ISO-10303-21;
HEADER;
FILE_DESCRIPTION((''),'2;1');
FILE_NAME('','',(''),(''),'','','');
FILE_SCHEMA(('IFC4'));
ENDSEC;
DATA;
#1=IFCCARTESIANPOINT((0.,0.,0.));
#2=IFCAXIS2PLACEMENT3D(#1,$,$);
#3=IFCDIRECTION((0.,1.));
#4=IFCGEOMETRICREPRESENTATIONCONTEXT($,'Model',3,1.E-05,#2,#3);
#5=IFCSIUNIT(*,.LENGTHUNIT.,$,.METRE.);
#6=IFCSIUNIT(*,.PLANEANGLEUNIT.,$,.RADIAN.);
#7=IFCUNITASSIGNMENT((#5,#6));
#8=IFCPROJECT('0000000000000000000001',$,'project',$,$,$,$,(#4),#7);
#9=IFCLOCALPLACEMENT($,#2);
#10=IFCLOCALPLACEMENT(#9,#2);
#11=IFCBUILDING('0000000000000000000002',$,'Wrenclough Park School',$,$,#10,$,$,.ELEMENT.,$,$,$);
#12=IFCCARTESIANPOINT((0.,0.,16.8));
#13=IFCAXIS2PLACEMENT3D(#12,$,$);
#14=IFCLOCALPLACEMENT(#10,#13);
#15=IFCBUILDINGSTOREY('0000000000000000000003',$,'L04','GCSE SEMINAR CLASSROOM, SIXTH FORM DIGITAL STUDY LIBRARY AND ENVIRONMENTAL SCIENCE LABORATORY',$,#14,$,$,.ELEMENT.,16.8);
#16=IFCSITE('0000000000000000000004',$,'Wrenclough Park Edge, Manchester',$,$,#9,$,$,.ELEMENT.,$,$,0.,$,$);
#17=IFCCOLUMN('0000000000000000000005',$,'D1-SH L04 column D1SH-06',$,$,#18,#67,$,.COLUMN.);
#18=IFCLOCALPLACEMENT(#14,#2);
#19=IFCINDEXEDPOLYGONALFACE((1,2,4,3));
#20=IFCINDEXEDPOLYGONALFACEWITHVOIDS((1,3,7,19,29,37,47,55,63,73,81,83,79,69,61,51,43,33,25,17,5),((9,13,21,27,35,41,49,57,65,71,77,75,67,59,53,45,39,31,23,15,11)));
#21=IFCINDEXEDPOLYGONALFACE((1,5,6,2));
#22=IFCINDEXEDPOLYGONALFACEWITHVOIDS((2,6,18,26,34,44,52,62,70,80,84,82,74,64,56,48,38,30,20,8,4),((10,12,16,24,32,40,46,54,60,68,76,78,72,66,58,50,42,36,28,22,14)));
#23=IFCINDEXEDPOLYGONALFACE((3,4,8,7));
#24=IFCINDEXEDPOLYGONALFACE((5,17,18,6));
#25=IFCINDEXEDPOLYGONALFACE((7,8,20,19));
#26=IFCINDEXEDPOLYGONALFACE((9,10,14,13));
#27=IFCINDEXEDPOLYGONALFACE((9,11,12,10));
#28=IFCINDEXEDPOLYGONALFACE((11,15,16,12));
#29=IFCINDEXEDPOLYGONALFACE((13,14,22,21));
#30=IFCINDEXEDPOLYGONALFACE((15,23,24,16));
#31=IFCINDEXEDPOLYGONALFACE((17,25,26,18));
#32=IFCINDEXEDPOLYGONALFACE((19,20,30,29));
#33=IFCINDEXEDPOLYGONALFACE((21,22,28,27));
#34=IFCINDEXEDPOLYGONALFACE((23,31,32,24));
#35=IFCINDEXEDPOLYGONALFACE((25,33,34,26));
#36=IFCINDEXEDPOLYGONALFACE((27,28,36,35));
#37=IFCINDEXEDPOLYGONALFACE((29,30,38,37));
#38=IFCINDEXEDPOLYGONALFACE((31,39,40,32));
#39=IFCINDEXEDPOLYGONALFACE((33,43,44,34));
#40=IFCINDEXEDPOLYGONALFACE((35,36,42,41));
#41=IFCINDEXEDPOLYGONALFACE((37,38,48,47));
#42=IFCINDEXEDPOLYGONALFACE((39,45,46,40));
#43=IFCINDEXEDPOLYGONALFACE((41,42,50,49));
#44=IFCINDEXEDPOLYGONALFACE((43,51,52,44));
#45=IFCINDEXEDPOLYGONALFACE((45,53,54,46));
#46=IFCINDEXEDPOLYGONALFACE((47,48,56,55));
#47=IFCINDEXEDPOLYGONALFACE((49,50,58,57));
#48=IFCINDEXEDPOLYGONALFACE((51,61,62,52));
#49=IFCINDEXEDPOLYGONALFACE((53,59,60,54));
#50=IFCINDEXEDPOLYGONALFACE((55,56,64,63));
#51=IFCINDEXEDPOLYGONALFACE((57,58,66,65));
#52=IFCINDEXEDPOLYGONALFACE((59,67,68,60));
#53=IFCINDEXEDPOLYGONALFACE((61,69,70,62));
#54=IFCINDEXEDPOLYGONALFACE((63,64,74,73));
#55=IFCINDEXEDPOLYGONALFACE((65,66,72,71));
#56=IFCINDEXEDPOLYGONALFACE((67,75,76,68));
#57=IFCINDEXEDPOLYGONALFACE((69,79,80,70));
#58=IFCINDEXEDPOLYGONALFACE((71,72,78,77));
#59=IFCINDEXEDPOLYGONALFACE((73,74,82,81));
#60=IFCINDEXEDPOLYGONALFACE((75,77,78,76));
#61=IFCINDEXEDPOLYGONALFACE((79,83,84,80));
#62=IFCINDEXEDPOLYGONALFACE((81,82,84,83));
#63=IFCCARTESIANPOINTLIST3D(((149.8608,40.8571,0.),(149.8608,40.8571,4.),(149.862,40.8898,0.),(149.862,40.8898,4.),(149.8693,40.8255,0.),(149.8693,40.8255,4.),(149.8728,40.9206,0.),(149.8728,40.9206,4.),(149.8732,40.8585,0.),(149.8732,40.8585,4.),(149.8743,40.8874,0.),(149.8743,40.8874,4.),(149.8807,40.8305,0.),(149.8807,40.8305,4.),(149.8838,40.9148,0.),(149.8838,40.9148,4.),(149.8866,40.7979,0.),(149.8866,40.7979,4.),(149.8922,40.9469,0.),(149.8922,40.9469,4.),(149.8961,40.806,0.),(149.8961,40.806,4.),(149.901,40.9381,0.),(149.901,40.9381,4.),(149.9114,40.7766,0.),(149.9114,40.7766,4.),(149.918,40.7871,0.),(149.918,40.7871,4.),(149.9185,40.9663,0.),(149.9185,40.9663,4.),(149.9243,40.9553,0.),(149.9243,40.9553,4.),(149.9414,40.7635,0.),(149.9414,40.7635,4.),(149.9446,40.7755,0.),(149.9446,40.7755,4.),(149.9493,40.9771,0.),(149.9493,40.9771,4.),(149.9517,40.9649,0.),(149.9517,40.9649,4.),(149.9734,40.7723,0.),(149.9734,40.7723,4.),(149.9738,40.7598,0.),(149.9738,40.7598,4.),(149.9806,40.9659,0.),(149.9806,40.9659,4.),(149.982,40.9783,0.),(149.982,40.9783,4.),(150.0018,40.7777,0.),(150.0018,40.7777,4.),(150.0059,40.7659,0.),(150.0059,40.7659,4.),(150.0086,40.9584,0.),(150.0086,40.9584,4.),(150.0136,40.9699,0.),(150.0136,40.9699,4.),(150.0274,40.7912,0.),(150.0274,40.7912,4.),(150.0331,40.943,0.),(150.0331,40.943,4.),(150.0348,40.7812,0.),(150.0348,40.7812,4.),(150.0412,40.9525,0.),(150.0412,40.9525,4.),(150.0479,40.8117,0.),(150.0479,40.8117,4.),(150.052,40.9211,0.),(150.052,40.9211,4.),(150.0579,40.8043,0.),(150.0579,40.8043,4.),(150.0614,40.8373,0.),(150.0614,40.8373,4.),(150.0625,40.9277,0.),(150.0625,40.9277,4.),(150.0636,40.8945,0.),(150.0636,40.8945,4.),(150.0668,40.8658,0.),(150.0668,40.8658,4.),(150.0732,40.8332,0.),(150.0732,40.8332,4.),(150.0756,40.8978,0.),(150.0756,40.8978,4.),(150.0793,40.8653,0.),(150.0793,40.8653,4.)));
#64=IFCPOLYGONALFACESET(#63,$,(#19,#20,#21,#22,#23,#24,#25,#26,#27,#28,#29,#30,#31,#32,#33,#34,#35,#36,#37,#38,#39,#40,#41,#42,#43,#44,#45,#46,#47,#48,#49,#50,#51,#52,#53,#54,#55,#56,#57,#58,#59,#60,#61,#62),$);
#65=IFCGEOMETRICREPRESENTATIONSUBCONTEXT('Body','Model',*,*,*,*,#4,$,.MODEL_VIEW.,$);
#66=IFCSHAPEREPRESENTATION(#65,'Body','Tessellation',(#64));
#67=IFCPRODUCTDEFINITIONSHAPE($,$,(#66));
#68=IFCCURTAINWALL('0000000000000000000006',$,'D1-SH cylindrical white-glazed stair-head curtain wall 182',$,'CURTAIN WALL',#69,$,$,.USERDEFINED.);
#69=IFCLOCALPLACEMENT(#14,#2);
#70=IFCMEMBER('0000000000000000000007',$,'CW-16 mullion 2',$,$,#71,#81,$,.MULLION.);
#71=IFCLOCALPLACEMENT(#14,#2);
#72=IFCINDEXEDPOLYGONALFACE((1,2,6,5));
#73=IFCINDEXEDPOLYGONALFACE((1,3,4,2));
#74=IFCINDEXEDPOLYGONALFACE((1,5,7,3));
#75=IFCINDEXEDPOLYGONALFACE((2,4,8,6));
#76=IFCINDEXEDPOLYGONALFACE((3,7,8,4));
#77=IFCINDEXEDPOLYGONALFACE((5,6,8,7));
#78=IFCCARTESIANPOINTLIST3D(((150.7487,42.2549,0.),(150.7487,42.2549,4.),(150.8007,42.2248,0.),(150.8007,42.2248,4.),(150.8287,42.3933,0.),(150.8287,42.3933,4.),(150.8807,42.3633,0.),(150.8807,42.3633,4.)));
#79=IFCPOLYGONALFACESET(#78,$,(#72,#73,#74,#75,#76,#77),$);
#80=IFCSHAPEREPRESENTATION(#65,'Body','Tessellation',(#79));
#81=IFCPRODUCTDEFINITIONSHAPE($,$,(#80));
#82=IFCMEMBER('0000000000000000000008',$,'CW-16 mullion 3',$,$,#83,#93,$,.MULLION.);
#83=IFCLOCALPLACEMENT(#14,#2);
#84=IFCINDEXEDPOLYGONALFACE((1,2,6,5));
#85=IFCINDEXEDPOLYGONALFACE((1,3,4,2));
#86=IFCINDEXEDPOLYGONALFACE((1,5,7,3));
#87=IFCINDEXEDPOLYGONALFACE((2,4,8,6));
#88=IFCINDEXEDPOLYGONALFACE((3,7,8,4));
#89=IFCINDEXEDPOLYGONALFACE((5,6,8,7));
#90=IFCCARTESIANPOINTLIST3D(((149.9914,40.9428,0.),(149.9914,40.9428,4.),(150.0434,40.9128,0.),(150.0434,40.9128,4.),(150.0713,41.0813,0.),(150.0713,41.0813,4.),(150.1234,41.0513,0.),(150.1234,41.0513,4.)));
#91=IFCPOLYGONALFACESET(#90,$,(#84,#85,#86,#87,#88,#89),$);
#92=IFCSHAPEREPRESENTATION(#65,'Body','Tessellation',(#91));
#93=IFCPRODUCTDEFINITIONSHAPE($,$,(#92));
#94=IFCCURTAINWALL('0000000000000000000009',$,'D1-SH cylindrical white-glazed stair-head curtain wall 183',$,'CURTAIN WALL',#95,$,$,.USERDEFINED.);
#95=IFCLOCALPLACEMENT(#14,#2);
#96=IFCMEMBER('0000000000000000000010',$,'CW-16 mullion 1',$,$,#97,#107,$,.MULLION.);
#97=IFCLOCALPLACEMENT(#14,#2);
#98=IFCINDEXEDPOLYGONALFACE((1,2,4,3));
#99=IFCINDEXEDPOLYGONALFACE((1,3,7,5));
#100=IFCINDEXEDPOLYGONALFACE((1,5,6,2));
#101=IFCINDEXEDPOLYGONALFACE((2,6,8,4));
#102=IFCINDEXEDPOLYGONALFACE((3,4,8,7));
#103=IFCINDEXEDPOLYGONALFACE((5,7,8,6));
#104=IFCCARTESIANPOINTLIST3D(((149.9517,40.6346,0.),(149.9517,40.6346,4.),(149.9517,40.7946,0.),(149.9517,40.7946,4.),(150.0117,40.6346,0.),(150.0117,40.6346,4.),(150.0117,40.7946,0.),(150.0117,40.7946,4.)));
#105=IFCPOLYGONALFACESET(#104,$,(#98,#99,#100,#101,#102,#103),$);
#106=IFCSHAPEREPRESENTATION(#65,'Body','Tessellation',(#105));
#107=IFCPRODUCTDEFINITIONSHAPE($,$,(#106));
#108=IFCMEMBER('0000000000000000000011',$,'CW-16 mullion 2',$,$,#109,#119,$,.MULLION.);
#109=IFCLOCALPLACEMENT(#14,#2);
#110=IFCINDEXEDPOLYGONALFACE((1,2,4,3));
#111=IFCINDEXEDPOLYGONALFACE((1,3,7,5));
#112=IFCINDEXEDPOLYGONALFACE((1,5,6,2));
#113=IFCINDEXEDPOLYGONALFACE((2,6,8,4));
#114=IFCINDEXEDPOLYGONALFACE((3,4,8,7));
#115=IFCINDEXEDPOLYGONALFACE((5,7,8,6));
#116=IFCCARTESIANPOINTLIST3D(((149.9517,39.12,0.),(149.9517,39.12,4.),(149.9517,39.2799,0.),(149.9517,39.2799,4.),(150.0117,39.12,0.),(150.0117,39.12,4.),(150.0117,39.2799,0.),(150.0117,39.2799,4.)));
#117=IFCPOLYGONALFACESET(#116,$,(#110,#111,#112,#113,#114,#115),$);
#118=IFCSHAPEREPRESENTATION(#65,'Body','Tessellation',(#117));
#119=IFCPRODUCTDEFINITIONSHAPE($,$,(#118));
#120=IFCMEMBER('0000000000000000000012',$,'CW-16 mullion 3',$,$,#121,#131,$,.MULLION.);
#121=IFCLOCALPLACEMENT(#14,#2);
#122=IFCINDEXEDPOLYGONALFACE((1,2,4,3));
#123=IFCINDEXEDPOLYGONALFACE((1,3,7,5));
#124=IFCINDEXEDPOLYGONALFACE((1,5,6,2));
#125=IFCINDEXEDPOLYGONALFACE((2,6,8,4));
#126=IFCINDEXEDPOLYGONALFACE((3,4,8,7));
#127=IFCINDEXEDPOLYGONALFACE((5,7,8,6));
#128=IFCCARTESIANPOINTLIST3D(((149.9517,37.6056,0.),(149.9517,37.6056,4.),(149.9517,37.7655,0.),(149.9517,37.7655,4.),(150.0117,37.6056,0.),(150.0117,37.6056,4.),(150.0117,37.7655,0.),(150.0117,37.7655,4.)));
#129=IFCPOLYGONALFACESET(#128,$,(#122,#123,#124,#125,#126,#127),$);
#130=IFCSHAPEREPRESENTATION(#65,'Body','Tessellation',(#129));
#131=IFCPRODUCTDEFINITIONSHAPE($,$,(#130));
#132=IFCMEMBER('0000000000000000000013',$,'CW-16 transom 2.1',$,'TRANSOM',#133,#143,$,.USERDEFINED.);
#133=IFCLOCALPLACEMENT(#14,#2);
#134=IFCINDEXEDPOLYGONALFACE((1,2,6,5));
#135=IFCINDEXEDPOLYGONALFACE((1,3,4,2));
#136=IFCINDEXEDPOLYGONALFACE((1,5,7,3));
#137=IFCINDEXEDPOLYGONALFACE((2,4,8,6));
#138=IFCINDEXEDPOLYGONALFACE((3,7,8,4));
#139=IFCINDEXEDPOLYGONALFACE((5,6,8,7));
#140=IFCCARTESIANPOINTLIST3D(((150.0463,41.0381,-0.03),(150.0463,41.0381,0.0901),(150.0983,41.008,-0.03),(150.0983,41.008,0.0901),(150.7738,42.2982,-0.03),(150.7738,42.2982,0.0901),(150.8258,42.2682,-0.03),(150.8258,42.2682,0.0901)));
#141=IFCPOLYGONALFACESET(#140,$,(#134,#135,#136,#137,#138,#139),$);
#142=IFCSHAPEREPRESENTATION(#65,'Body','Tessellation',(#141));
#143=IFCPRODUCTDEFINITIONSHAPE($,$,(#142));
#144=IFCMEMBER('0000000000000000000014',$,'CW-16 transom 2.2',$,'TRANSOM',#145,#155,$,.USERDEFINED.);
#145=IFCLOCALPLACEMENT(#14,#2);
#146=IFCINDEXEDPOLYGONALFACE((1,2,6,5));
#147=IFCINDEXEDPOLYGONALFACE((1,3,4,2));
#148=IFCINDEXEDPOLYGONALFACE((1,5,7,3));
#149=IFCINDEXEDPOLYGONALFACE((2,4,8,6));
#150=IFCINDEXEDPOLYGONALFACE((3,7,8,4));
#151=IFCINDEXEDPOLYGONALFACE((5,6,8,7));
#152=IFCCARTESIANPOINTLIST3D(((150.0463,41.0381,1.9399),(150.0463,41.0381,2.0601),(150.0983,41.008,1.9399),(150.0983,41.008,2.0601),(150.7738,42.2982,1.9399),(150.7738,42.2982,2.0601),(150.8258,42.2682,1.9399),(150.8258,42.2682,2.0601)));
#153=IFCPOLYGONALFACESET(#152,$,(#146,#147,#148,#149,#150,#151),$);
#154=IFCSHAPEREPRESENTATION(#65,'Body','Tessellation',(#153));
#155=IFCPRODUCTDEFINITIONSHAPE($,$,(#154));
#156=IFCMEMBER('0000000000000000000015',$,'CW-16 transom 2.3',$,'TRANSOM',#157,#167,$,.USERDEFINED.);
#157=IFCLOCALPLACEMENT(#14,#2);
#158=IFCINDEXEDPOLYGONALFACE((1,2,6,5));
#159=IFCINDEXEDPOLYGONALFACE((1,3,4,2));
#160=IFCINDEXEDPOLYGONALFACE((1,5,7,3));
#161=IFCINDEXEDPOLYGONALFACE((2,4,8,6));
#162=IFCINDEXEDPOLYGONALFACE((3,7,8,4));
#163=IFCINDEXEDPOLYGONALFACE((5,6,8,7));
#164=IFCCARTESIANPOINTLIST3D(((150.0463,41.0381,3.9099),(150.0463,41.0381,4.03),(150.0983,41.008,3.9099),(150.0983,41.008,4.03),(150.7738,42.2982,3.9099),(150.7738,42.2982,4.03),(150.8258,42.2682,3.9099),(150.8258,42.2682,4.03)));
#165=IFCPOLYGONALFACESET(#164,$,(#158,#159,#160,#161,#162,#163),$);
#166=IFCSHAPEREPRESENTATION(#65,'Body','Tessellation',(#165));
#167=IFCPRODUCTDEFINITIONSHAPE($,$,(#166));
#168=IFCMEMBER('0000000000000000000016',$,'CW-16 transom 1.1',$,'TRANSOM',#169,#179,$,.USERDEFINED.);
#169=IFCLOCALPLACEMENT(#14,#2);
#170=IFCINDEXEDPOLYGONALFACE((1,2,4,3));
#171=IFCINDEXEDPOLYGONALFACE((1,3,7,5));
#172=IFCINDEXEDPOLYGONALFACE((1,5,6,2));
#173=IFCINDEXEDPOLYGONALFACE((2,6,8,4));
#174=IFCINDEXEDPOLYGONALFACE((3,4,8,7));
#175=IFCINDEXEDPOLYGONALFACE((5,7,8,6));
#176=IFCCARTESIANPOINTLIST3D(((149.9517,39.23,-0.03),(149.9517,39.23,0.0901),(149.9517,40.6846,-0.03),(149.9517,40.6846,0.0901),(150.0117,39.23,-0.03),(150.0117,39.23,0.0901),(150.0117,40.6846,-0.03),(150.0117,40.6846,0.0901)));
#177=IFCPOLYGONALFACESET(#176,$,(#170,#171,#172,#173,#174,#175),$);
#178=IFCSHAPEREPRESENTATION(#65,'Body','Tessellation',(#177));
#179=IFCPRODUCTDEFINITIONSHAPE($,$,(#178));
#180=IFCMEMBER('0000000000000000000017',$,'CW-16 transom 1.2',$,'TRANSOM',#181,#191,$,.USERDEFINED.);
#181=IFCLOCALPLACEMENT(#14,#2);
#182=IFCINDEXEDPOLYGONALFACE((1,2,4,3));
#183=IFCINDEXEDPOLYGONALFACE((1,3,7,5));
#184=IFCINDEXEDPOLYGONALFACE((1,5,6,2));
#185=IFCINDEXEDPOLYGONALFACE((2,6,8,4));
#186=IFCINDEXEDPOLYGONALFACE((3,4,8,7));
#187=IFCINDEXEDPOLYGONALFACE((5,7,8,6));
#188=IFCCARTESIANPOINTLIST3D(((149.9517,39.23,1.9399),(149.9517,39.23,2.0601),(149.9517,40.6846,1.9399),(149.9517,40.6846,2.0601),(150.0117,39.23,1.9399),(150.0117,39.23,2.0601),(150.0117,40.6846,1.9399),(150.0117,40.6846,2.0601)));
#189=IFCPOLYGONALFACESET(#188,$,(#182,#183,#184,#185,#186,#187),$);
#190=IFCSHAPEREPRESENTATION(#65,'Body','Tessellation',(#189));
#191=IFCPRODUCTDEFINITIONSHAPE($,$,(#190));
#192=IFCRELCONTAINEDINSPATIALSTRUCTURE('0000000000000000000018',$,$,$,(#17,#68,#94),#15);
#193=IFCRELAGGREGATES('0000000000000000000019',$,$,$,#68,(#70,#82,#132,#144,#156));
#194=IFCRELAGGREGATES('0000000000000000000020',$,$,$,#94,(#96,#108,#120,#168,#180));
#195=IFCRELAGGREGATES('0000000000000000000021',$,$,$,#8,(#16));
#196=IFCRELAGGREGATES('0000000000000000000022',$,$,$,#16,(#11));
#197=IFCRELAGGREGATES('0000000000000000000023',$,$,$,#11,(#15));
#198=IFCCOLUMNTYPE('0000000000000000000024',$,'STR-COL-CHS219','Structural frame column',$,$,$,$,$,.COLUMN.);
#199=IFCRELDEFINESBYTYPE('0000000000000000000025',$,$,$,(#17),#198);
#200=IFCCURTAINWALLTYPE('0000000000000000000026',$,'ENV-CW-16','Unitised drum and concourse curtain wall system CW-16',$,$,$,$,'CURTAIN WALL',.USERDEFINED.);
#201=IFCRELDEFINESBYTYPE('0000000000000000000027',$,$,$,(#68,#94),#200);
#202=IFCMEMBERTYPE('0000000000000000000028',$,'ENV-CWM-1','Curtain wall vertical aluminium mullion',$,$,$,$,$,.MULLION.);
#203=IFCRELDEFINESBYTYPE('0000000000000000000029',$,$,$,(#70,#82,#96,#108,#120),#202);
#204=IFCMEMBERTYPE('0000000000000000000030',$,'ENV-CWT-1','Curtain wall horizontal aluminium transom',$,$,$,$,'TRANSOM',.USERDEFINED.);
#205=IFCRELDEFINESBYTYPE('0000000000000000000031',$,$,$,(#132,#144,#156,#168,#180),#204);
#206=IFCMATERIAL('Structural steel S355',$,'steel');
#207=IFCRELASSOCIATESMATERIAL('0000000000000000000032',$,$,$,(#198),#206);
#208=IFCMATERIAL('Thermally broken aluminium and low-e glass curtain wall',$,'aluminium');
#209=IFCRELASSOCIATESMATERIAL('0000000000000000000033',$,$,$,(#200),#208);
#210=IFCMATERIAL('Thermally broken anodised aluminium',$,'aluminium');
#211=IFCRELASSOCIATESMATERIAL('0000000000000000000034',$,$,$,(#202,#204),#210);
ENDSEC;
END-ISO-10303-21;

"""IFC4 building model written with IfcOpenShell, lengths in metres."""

from ifc_helpers import new_model, si_unit, direction, frame, origin, origin_2d, place, context, subcontext, project, spatial, rectangle, hollow_circle, extrude, material, material_profile, profile_set, type_object, element, aggregate, save


model = new_model("IFC4")

# Units and contexts
model_context = context("Model", 3, precision=1e-05, world=origin(), true_north=direction((0.0, 1.0)))
body_context = subcontext(model_context, "Body", "Model", "MODEL_VIEW")
ifc_project = project(units=[si_unit("LENGTHUNIT", "METRE"), si_unit("PLANEANGLEUNIT", "RADIAN")], contexts=[model_context])

# Site, building, storey
site_placement = place(None, origin())
site = spatial("IfcSite", under=ifc_project, at=site_placement, Name="Wrenclough Park Edge, Manchester", CompositionType="ELEMENT", RefElevation=0.0)
building_placement = place(site_placement, origin())
building = spatial("IfcBuilding", under=site, at=building_placement, Name="Wrenclough Park School", CompositionType="ELEMENT")
storey_placement = place(building_placement, frame((0.0, 0.0, 16.8)))
storey = spatial("IfcBuildingStorey", under=building, at=storey_placement, Name="L04", Description="GCSE SEMINAR CLASSROOM, SIXTH FORM DIGITAL STUDY LIBRARY AND ENVIRONMENTAL SCIENCE LABORATORY", CompositionType="ELEMENT", Elevation=16.8)

# Column
ifc_material_1 = material(Name="Structural steel S355", Category="steel")
ifc_material_profile_1 = material_profile(ifc_material_1, hollow_circle(Radius=0.1096, WallThickness=0.0125, at=origin_2d()), Name="CHS 219.1x12.5")
ifc_profile_set_1 = profile_set([ifc_material_profile_1], Name="Structural steel S355")
column_type = type_object("IfcColumnType", Name="STR-COL-CHS219", Description="Structural frame column", PredefinedType="COLUMN", material=ifc_profile_set_1)
column_placement = place(storey_placement, frame((149.9697, 40.8694, 0.0), z_axis=(0.0, 0.0, 1.0), x_axis=(-0.258819, -0.965926, 0.0)))
element("IfcColumn", 1, at=column_placement, inside=storey, type_object=column_type, Name="D1-SH L04 column D1SH-06", PredefinedType="COLUMN", context=body_context, shape_type="SweptSolid", body=[
    extrude(hollow_circle(Radius=0.1096, WallThickness=0.0125, at=origin_2d()), origin(), (0.0, 0.0, 1.0), 4.0),
])

# Curtain walls, members
ifc_material_2 = material(Name="Thermally broken aluminium and low-e glass curtain wall", Category="aluminium")
curtain_wall_type = type_object("IfcCurtainWallType", Name="ENV-CW-16", Description="Unitised drum and concourse curtain wall system CW-16", ElementType="CURTAIN WALL", PredefinedType="USERDEFINED", material=ifc_material_2)
curtain_wall_1_placement = place(storey_placement, origin())
curtain_wall_1 = element("IfcCurtainWall", 2, at=curtain_wall_1_placement, inside=storey, type_object=curtain_wall_type, Name="D1-SH cylindrical white-glazed stair-head curtain wall 182", ObjectType="CURTAIN WALL", PredefinedType="USERDEFINED")
ifc_material_3 = material(Name="Thermally broken anodised aluminium", Category="aluminium")
ifc_material_profile_2 = material_profile(ifc_material_3, rectangle(XDim=0.0601, YDim=0.1599, at=origin_2d()), Name="AL MULLION 60x160")
ifc_profile_set_2 = profile_set([ifc_material_profile_2], Name="Thermally broken anodised aluminium")
member_type_1 = type_object("IfcMemberType", Name="ENV-CWM-1", Description="Curtain wall vertical aluminium mullion", PredefinedType="MULLION", material=ifc_profile_set_2)
member_1_placement = place(storey_placement, frame((150.8147, 42.3091, 0.0), z_axis=(0.0, 0.0, 1.0), x_axis=(0.866024, -0.500003, 0.0)))
member_1 = element("IfcMember", 3, at=member_1_placement, type_object=member_type_1, Name="CW-16 mullion 2", PredefinedType="MULLION", context=body_context, shape_type="SweptSolid", body=[
    extrude(rectangle(XDim=0.0601, YDim=0.1599, at=origin_2d()), origin(), (0.0, 0.0, 1.0), 4.0),
])
member_2_placement = place(storey_placement, frame((150.0574, 40.9971, 0.0), z_axis=(0.0, 0.0, 1.0), x_axis=(0.866024, -0.500003, 0.0)))
member_2 = element("IfcMember", 4, at=member_2_placement, type_object=member_type_1, Name="CW-16 mullion 3", PredefinedType="MULLION", context=body_context, shape_type="SweptSolid", body=[
    extrude(rectangle(XDim=0.0601, YDim=0.1599, at=origin_2d()), origin(), (0.0, 0.0, 1.0), 4.0),
])
curtain_wall_2_placement = place(storey_placement, origin())
curtain_wall_2 = element("IfcCurtainWall", 5, at=curtain_wall_2_placement, inside=storey, type_object=curtain_wall_type, Name="D1-SH cylindrical white-glazed stair-head curtain wall 183", ObjectType="CURTAIN WALL", PredefinedType="USERDEFINED")
member_3_placement = place(storey_placement, frame((149.9817, 40.7146, 0.0), z_axis=(0.0, 0.0, 1.0), x_axis=(1.0, 0.0, 0.0)))
member_3 = element("IfcMember", 6, at=member_3_placement, type_object=member_type_1, Name="CW-16 mullion 1", PredefinedType="MULLION", context=body_context, shape_type="SweptSolid", body=[
    extrude(rectangle(XDim=0.0601, YDim=0.1599, at=origin_2d()), origin(), (0.0, 0.0, 1.0), 4.0),
])
member_4_placement = place(storey_placement, frame((149.9817, 39.2, 0.0), z_axis=(0.0, 0.0, 1.0), x_axis=(1.0, 0.0, 0.0)))
member_4 = element("IfcMember", 7, at=member_4_placement, type_object=member_type_1, Name="CW-16 mullion 2", PredefinedType="MULLION", context=body_context, shape_type="SweptSolid", body=[
    extrude(rectangle(XDim=0.0601, YDim=0.1599, at=origin_2d()), origin(), (0.0, 0.0, 1.0), 4.0),
])
member_5_placement = place(storey_placement, frame((149.9817, 37.6855, 0.0), z_axis=(0.0, 0.0, 1.0), x_axis=(1.0, 0.0, 0.0)))
member_5 = element("IfcMember", 8, at=member_5_placement, type_object=member_type_1, Name="CW-16 mullion 3", PredefinedType="MULLION", context=body_context, shape_type="SweptSolid", body=[
    extrude(rectangle(XDim=0.0601, YDim=0.1599, at=origin_2d()), origin(), (0.0, 0.0, 1.0), 4.0),
])

# Members
ifc_material_profile_3 = material_profile(ifc_material_3, rectangle(XDim=0.0601, YDim=0.1201, at=origin_2d()), Name="AL TRANSOM 60x120")
ifc_profile_set_3 = profile_set([ifc_material_profile_3], Name="Thermally broken anodised aluminium")
member_type_2 = type_object("IfcMemberType", Name="ENV-CWT-1", Description="Curtain wall horizontal aluminium transom", ElementType="TRANSOM", PredefinedType="USERDEFINED", material=ifc_profile_set_3)
member_6_placement = place(storey_placement, frame((150.7998, 42.2832, 0.03), z_axis=(-0.499965, -0.866046, 0.0), x_axis=(0.866046, -0.499965, 0.0)))
member_6 = element("IfcMember", 9, at=member_6_placement, type_object=member_type_2, Name="CW-16 transom 2.1", ObjectType="TRANSOM", PredefinedType="USERDEFINED", context=body_context, shape_type="SweptSolid", body=[
    extrude(rectangle(XDim=0.0601, YDim=0.1201, at=origin_2d()), origin(), (0.0, 0.0, 1.0), 1.4551),
])
member_7_placement = place(storey_placement, frame((150.7998, 42.2832, 2.0), z_axis=(-0.499965, -0.866046, 0.0), x_axis=(0.866046, -0.499965, 0.0)))
member_7 = element("IfcMember", 10, at=member_7_placement, type_object=member_type_2, Name="CW-16 transom 2.2", ObjectType="TRANSOM", PredefinedType="USERDEFINED", context=body_context, shape_type="SweptSolid", body=[
    extrude(rectangle(XDim=0.0601, YDim=0.1201, at=origin_2d()), origin(), (0.0, 0.0, 1.0), 1.4551),
])
member_8_placement = place(storey_placement, frame((150.7998, 42.2832, 3.97), z_axis=(-0.499965, -0.866046, 0.0), x_axis=(0.866046, -0.499965, 0.0)))
member_8 = element("IfcMember", 11, at=member_8_placement, type_object=member_type_2, Name="CW-16 transom 2.3", ObjectType="TRANSOM", PredefinedType="USERDEFINED", context=body_context, shape_type="SweptSolid", body=[
    extrude(rectangle(XDim=0.0601, YDim=0.1201, at=origin_2d()), origin(), (0.0, 0.0, 1.0), 1.4551),
])
member_9_placement = place(storey_placement, frame((149.9817, 40.6846, 0.03), z_axis=(0.0, -1.0, 0.0), x_axis=(1.0, 0.0, 0.0)))
member_9 = element("IfcMember", 12, at=member_9_placement, type_object=member_type_2, Name="CW-16 transom 1.1", ObjectType="TRANSOM", PredefinedType="USERDEFINED", context=body_context, shape_type="SweptSolid", body=[
    extrude(rectangle(XDim=0.0601, YDim=0.1201, at=origin_2d()), origin(), (0.0, 0.0, 1.0), 1.4546),
])
member_10_placement = place(storey_placement, frame((149.9817, 40.6846, 2.0), z_axis=(0.0, -1.0, 0.0), x_axis=(1.0, 0.0, 0.0)))
member_10 = element("IfcMember", 13, at=member_10_placement, type_object=member_type_2, Name="CW-16 transom 1.2", ObjectType="TRANSOM", PredefinedType="USERDEFINED", context=body_context, shape_type="SweptSolid", body=[
    extrude(rectangle(XDim=0.0601, YDim=0.1201, at=origin_2d()), origin(), (0.0, 0.0, 1.0), 1.4546),
])

aggregate(curtain_wall_1, [member_1, member_2, member_6, member_7, member_8])
aggregate(curtain_wall_2, [member_3, member_4, member_5, member_9, member_10])

save(model, "model.ifc")
